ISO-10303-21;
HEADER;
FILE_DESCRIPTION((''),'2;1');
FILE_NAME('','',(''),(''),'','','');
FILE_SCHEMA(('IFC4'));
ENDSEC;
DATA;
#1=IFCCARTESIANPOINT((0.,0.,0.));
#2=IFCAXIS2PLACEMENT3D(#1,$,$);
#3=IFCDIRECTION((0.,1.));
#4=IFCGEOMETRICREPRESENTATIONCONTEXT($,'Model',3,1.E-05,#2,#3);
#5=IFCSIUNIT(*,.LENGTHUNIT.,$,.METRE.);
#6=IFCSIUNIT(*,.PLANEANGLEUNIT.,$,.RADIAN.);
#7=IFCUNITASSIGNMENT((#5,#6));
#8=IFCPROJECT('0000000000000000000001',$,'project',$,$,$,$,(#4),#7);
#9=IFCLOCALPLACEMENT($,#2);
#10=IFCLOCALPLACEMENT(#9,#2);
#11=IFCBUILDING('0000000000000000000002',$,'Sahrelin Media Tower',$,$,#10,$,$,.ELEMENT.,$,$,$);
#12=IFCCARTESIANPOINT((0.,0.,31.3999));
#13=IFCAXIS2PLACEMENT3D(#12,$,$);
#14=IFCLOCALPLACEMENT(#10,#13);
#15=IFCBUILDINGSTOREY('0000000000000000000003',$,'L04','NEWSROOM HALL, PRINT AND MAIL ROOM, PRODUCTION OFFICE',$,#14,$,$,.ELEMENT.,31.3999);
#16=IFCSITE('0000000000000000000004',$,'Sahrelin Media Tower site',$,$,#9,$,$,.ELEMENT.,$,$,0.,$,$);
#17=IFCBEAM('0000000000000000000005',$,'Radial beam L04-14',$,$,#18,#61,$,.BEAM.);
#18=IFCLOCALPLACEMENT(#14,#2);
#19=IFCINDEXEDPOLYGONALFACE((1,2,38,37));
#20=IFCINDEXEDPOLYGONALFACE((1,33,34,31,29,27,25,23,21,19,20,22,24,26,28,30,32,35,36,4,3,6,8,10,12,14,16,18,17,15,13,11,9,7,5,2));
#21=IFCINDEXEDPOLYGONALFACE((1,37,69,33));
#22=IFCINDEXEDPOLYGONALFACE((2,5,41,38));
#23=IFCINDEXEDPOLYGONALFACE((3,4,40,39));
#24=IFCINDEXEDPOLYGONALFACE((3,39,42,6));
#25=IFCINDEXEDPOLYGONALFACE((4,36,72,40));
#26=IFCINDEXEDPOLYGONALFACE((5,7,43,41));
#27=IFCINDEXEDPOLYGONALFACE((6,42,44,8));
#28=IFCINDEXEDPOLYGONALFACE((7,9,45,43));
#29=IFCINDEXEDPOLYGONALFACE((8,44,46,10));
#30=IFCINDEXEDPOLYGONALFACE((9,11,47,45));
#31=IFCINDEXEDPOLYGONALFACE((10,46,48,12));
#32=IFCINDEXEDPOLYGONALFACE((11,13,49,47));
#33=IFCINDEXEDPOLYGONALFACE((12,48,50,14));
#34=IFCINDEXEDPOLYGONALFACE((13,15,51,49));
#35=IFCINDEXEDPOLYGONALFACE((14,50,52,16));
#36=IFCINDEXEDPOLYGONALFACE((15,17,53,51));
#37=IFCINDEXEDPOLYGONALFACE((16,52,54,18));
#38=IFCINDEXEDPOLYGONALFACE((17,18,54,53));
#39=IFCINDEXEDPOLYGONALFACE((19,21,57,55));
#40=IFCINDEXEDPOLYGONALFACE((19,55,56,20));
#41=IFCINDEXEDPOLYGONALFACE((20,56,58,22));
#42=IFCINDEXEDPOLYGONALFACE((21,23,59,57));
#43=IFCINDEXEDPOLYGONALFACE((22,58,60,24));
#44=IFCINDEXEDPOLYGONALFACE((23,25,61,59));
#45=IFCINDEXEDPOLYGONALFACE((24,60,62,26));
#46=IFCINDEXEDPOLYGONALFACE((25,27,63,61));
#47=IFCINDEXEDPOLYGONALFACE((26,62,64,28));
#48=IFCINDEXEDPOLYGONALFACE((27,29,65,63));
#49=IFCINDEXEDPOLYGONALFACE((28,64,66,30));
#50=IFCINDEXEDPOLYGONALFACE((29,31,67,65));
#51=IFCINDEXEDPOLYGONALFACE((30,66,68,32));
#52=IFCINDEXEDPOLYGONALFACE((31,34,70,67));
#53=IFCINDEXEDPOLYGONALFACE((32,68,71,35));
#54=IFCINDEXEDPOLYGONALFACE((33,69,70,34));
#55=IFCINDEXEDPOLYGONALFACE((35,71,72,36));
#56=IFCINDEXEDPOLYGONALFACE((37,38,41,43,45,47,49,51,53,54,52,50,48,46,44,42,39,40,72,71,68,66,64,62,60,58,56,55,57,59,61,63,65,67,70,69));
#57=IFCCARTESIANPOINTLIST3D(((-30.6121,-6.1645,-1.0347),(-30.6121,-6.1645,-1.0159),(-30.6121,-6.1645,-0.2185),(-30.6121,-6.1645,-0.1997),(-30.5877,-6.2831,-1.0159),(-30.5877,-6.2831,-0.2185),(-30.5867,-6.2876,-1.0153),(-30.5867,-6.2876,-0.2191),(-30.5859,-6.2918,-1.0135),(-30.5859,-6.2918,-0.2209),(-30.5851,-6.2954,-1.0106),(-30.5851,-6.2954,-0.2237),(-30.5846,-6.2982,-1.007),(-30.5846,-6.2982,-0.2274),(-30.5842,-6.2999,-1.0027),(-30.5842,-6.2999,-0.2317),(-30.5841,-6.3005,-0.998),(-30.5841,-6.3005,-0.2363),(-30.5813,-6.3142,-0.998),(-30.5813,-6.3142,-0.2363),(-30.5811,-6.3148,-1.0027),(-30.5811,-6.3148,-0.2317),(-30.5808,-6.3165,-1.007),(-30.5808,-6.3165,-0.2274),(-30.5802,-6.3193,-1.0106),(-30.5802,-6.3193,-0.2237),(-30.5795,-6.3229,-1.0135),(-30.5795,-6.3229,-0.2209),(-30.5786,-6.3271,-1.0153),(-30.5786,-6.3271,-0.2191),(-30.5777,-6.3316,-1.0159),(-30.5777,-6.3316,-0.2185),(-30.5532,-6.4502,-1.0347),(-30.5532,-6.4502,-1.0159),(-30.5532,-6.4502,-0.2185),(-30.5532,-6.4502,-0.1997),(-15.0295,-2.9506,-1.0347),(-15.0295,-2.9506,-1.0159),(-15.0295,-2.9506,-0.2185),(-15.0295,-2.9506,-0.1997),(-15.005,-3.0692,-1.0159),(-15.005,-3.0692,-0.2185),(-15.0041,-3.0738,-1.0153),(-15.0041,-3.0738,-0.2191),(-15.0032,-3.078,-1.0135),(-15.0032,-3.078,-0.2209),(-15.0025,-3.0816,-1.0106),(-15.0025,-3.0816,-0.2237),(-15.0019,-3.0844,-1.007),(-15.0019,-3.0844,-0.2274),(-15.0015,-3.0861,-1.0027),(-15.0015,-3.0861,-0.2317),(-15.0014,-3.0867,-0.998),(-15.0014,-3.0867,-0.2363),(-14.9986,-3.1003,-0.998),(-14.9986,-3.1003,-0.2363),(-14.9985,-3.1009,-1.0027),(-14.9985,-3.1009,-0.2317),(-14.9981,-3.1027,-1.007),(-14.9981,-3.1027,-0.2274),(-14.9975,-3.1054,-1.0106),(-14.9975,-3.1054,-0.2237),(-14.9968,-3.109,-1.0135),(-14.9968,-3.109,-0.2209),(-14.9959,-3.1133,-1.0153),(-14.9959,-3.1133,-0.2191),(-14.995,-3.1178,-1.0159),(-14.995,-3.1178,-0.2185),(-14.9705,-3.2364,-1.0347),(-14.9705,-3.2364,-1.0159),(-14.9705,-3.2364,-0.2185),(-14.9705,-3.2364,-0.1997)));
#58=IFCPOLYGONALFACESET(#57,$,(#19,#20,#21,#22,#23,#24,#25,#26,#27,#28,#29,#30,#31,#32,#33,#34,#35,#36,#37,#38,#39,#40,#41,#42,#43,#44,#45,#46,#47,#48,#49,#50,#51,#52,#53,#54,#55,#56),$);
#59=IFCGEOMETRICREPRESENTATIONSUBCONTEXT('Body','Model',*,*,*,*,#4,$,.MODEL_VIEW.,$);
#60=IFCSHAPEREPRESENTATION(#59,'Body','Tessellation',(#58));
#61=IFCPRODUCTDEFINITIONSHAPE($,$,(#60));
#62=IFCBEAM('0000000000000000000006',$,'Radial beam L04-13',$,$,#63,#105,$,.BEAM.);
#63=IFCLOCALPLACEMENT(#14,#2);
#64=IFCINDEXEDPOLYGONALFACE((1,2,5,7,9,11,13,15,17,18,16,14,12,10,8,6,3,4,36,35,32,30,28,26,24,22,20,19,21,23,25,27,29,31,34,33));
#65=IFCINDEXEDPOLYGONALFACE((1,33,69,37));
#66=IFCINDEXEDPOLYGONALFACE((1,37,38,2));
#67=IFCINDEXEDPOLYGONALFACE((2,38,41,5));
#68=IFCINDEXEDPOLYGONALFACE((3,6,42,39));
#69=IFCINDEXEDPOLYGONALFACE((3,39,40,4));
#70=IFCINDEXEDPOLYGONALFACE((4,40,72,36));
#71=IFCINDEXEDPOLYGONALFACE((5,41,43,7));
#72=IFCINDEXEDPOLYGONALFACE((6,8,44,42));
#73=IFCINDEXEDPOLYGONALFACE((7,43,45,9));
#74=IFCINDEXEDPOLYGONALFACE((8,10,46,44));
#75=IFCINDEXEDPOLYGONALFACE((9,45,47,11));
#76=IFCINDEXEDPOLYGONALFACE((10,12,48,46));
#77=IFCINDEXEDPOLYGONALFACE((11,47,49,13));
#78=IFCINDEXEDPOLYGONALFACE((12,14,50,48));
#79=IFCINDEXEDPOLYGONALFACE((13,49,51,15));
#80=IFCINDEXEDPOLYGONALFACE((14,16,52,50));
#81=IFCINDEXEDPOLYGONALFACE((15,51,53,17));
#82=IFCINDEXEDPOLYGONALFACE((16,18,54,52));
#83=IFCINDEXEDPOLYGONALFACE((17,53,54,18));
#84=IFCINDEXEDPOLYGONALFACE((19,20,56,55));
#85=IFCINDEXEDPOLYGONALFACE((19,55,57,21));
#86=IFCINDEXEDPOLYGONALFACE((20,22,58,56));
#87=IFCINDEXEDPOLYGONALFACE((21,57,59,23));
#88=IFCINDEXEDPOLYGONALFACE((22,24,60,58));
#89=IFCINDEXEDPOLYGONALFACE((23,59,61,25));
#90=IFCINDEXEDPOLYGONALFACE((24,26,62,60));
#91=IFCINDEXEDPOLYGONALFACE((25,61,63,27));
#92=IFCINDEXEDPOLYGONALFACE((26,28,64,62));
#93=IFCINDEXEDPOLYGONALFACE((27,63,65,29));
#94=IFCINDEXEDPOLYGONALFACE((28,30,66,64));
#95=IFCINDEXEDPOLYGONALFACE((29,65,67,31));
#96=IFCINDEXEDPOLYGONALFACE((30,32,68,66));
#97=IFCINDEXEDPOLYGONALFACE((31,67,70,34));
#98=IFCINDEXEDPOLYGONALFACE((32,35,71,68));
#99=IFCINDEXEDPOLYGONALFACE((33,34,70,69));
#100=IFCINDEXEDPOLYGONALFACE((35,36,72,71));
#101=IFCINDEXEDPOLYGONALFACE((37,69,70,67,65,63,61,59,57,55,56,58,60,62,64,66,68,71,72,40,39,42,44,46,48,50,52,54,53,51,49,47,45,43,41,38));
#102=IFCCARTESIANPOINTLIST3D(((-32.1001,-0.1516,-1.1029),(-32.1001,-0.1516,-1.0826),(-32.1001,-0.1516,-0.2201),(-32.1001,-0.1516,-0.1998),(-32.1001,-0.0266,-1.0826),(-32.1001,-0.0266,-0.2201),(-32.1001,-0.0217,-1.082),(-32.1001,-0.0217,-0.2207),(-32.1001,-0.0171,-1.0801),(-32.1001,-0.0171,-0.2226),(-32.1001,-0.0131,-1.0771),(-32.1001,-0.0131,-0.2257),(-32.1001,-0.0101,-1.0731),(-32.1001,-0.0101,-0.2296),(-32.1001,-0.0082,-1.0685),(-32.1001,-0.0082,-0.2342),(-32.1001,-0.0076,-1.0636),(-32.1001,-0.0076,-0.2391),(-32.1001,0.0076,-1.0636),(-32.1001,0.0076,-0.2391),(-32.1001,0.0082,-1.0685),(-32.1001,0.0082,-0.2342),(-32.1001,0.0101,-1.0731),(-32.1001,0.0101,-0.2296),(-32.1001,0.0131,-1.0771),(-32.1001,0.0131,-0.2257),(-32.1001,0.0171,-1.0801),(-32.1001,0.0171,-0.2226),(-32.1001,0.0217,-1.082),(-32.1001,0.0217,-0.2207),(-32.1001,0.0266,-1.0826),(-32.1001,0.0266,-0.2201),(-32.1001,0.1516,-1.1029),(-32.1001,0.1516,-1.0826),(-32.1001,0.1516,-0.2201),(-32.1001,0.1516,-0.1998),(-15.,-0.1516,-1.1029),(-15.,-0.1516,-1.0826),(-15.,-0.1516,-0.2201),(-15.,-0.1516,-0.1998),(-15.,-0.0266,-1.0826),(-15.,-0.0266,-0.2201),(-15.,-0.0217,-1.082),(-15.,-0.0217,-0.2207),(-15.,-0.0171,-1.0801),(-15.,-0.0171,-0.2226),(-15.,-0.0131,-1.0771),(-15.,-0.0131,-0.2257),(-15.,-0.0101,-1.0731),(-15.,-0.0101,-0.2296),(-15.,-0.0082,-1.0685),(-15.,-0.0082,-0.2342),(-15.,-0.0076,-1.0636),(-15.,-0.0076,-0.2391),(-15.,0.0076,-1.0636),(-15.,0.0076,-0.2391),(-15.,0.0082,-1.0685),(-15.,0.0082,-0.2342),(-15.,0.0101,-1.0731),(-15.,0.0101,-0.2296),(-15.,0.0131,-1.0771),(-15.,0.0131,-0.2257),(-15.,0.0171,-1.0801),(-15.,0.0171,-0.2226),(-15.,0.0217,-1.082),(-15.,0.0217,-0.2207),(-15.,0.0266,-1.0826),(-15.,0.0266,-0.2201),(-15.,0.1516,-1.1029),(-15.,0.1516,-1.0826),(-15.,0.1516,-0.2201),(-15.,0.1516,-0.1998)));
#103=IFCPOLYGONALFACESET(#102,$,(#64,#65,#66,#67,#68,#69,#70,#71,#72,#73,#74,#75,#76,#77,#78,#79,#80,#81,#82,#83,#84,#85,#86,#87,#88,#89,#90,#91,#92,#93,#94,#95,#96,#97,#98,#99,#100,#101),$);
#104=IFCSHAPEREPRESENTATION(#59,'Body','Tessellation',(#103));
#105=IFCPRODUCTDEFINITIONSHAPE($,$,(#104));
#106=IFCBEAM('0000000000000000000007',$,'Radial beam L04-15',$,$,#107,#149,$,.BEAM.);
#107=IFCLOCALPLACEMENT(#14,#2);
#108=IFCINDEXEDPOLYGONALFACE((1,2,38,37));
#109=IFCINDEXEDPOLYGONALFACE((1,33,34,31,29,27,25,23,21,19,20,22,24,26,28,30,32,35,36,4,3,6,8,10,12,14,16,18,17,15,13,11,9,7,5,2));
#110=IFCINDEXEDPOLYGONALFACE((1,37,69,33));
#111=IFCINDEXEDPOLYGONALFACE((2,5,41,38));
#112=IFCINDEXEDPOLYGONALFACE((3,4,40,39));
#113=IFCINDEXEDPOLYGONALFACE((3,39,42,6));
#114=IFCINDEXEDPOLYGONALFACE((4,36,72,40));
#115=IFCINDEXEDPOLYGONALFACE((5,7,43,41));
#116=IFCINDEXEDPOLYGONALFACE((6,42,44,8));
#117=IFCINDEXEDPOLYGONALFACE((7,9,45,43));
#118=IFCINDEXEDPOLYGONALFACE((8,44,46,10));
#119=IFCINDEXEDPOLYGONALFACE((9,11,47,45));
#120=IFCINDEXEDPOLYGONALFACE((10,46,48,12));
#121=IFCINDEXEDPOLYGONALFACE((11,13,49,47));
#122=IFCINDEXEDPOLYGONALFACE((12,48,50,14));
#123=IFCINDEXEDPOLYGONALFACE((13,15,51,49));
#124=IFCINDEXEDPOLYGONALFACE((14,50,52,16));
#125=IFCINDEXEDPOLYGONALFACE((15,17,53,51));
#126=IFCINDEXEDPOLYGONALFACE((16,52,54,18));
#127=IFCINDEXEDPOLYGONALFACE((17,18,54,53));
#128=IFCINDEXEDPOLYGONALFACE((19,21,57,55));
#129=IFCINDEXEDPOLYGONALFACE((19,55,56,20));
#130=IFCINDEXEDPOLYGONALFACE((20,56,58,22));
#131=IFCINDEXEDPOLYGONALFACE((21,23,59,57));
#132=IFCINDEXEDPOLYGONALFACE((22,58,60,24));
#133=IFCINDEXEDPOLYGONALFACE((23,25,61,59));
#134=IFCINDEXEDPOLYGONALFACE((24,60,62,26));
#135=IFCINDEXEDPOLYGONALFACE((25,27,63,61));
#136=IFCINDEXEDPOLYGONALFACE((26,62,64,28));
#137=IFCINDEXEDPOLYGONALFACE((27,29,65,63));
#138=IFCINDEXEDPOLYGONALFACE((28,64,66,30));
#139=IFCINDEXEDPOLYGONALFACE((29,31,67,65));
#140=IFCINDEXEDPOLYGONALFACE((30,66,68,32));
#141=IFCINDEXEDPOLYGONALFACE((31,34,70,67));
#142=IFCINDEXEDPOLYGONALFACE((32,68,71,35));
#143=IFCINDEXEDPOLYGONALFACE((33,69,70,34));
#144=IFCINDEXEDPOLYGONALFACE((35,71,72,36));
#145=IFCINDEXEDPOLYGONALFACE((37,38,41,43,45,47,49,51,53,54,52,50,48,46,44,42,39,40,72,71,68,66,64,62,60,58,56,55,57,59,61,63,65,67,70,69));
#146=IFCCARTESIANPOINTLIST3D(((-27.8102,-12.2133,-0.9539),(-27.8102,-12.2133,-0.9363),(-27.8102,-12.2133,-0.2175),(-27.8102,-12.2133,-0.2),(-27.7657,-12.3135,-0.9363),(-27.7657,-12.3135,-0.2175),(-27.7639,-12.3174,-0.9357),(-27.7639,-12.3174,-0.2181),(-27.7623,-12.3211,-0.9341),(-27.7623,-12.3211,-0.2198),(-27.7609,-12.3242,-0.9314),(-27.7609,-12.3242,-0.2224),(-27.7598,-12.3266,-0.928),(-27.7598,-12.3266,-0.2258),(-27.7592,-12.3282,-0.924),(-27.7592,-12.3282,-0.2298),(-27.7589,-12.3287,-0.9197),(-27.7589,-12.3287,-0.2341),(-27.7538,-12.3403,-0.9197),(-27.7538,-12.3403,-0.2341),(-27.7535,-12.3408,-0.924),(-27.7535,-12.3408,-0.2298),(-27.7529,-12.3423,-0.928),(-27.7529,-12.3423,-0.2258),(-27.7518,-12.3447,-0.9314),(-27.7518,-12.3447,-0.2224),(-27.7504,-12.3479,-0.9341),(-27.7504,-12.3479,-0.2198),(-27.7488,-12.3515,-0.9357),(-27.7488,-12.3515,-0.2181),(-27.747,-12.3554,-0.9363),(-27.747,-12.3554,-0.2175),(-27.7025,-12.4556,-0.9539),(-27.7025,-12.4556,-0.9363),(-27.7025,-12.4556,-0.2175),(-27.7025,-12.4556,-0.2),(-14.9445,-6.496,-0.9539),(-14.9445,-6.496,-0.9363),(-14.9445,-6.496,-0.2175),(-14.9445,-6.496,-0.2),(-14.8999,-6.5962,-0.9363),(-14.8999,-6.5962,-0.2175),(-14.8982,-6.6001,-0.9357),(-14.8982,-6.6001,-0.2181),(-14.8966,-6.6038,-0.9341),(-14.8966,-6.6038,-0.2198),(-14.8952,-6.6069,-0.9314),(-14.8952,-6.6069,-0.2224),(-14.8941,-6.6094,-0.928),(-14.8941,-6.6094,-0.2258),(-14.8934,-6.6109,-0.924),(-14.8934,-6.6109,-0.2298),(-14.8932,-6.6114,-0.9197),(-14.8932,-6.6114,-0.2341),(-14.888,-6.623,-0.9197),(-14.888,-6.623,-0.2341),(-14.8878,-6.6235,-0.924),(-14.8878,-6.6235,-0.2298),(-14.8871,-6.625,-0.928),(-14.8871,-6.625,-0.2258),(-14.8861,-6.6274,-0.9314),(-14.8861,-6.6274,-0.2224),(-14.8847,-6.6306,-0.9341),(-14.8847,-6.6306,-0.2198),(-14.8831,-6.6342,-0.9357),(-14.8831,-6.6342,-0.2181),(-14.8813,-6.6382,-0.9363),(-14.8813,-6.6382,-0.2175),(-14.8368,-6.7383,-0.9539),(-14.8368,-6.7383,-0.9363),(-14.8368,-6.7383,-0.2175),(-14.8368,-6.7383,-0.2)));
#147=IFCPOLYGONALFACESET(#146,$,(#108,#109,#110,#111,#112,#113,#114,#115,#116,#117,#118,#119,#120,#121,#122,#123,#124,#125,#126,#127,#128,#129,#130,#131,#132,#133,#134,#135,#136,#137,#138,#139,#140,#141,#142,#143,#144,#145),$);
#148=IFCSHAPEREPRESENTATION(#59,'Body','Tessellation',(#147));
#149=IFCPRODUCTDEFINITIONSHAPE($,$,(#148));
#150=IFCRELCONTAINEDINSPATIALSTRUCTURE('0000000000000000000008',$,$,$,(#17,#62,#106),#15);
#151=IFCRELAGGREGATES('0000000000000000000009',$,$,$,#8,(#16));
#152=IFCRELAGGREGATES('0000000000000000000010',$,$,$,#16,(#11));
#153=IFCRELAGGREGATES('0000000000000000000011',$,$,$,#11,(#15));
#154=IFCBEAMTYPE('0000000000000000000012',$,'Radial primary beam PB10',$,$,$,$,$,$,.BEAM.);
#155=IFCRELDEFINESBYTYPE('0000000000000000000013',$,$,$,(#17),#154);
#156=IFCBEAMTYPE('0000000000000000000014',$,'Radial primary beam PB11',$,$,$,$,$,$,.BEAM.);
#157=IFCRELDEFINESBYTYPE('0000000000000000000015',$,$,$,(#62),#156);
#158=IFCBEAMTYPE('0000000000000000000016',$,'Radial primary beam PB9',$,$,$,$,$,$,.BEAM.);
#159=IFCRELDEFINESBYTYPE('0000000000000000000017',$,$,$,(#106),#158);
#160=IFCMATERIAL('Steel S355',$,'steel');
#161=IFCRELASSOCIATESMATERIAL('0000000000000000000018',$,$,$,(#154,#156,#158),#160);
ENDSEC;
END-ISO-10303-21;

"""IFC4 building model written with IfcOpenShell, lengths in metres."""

from ifc_helpers import new_model, si_unit, direction, frame, origin, origin_2d, place, context, subcontext, project, spatial, i_section, extrude, material, material_profile, profile_set, type_object, element, save


model = new_model("IFC4")

# Units and contexts
model_context = context("Model", 3, precision=1e-05, world=origin(), true_north=direction((0.0, 1.0)))
body_context = subcontext(model_context, "Body", "Model", "MODEL_VIEW")
ifc_project = project(units=[si_unit("LENGTHUNIT", "METRE"), si_unit("PLANEANGLEUNIT", "RADIAN")], contexts=[model_context])

# Site, building, storey
site_placement = place(None, origin())
site = spatial("IfcSite", under=ifc_project, at=site_placement, Name="Sahrelin Media Tower site", CompositionType="ELEMENT", RefElevation=0.0)
building_placement = place(site_placement, origin())
building = spatial("IfcBuilding", under=site, at=building_placement, Name="Sahrelin Media Tower", CompositionType="ELEMENT")
storey_placement = place(building_placement, frame((0.0, 0.0, 31.3999)))
storey = spatial("IfcBuildingStorey", under=building, at=storey_placement, Name="L04", Description="NEWSROOM HALL, PRINT AND MAIL ROOM, PRODUCTION OFFICE", CompositionType="ELEMENT", Elevation=31.3999)

# Beams
ifc_material_1 = material(Name="Steel S355", Category="steel")
ifc_material_profile_1 = material_profile(ifc_material_1, i_section(OverallWidth=0.2917, OverallDepth=0.835, WebThickness=0.0139, FlangeThickness=0.0188, FilletRadius=0.0178, at=origin_2d()), Name="UB 838x292x176")
ifc_profile_set_1 = profile_set([ifc_material_profile_1], Name="Steel S355")
beam_type_1 = type_object("IfcBeamType", Name="Radial primary beam PB10", PredefinedType="BEAM", material=ifc_profile_set_1)
beam_1_placement = place(storey_placement, frame((-15.0, -3.0935, -0.6172), z_axis=(-0.979387, -0.201994, 0.0), x_axis=(0.201994, -0.979387, 0.0)))
element("IfcBeam", 1, at=beam_1_placement, inside=storey, type_object=beam_type_1, Name="Radial beam L04-14", PredefinedType="BEAM", context=body_context, shape_type="SweptSolid", body=[
    extrude(i_section(OverallWidth=0.2917, OverallDepth=0.835, WebThickness=0.0139, FlangeThickness=0.0188, FilletRadius=0.0178, at=origin_2d()), origin(), (0.0, 0.0, 1.0), 15.9106),
])
ifc_material_profile_2 = material_profile(ifc_material_1, i_section(OverallWidth=0.3032, OverallDepth=0.9031, WebThickness=0.0151, FlangeThickness=0.0203, FilletRadius=0.019, at=origin_2d()), Name="UB 914x305x201")
ifc_profile_set_2 = profile_set([ifc_material_profile_2], Name="Steel S355")
beam_type_2 = type_object("IfcBeamType", Name="Radial primary beam PB11", PredefinedType="BEAM", material=ifc_profile_set_2)
beam_2_placement = place(storey_placement, frame((-15.0, 0.0, -0.6514), z_axis=(-1.0, 0.0, 0.0), x_axis=(0.0, -1.0, 0.0)))
element("IfcBeam", 2, at=beam_2_placement, inside=storey, type_object=beam_type_2, Name="Radial beam L04-13", PredefinedType="BEAM", context=body_context, shape_type="SweptSolid", body=[
    extrude(i_section(OverallWidth=0.3032, OverallDepth=0.9031, WebThickness=0.0151, FlangeThickness=0.0203, FilletRadius=0.019, at=origin_2d()), origin(), (0.0, 0.0, 1.0), 17.1001),
])
ifc_material_profile_3 = material_profile(ifc_material_1, i_section(OverallWidth=0.2651, OverallDepth=0.7539, WebThickness=0.0127, FlangeThickness=0.0176, FilletRadius=0.0166, at=origin_2d()), Name="UB 762x267x147")
ifc_profile_set_3 = profile_set([ifc_material_profile_3], Name="Steel S355")
beam_type_3 = type_object("IfcBeamType", Name="Radial primary beam PB9", PredefinedType="BEAM", material=ifc_profile_set_3)
beam_3_placement = place(storey_placement, frame((-14.8906, -6.6172, -0.5769), z_axis=(-0.913833, -0.40609, 0.0), x_axis=(0.40609, -0.913833, 0.0)))
element("IfcBeam", 3, at=beam_3_placement, inside=storey, type_object=beam_type_3, Name="Radial beam L04-15", PredefinedType="BEAM", context=body_context, shape_type="SweptSolid", body=[
    extrude(i_section(OverallWidth=0.2651, OverallDepth=0.7539, WebThickness=0.0127, FlangeThickness=0.0176, FilletRadius=0.0166, at=origin_2d()), origin(), (0.0, 0.0, 1.0), 14.0789),
])

save(model, "model.ifc")
